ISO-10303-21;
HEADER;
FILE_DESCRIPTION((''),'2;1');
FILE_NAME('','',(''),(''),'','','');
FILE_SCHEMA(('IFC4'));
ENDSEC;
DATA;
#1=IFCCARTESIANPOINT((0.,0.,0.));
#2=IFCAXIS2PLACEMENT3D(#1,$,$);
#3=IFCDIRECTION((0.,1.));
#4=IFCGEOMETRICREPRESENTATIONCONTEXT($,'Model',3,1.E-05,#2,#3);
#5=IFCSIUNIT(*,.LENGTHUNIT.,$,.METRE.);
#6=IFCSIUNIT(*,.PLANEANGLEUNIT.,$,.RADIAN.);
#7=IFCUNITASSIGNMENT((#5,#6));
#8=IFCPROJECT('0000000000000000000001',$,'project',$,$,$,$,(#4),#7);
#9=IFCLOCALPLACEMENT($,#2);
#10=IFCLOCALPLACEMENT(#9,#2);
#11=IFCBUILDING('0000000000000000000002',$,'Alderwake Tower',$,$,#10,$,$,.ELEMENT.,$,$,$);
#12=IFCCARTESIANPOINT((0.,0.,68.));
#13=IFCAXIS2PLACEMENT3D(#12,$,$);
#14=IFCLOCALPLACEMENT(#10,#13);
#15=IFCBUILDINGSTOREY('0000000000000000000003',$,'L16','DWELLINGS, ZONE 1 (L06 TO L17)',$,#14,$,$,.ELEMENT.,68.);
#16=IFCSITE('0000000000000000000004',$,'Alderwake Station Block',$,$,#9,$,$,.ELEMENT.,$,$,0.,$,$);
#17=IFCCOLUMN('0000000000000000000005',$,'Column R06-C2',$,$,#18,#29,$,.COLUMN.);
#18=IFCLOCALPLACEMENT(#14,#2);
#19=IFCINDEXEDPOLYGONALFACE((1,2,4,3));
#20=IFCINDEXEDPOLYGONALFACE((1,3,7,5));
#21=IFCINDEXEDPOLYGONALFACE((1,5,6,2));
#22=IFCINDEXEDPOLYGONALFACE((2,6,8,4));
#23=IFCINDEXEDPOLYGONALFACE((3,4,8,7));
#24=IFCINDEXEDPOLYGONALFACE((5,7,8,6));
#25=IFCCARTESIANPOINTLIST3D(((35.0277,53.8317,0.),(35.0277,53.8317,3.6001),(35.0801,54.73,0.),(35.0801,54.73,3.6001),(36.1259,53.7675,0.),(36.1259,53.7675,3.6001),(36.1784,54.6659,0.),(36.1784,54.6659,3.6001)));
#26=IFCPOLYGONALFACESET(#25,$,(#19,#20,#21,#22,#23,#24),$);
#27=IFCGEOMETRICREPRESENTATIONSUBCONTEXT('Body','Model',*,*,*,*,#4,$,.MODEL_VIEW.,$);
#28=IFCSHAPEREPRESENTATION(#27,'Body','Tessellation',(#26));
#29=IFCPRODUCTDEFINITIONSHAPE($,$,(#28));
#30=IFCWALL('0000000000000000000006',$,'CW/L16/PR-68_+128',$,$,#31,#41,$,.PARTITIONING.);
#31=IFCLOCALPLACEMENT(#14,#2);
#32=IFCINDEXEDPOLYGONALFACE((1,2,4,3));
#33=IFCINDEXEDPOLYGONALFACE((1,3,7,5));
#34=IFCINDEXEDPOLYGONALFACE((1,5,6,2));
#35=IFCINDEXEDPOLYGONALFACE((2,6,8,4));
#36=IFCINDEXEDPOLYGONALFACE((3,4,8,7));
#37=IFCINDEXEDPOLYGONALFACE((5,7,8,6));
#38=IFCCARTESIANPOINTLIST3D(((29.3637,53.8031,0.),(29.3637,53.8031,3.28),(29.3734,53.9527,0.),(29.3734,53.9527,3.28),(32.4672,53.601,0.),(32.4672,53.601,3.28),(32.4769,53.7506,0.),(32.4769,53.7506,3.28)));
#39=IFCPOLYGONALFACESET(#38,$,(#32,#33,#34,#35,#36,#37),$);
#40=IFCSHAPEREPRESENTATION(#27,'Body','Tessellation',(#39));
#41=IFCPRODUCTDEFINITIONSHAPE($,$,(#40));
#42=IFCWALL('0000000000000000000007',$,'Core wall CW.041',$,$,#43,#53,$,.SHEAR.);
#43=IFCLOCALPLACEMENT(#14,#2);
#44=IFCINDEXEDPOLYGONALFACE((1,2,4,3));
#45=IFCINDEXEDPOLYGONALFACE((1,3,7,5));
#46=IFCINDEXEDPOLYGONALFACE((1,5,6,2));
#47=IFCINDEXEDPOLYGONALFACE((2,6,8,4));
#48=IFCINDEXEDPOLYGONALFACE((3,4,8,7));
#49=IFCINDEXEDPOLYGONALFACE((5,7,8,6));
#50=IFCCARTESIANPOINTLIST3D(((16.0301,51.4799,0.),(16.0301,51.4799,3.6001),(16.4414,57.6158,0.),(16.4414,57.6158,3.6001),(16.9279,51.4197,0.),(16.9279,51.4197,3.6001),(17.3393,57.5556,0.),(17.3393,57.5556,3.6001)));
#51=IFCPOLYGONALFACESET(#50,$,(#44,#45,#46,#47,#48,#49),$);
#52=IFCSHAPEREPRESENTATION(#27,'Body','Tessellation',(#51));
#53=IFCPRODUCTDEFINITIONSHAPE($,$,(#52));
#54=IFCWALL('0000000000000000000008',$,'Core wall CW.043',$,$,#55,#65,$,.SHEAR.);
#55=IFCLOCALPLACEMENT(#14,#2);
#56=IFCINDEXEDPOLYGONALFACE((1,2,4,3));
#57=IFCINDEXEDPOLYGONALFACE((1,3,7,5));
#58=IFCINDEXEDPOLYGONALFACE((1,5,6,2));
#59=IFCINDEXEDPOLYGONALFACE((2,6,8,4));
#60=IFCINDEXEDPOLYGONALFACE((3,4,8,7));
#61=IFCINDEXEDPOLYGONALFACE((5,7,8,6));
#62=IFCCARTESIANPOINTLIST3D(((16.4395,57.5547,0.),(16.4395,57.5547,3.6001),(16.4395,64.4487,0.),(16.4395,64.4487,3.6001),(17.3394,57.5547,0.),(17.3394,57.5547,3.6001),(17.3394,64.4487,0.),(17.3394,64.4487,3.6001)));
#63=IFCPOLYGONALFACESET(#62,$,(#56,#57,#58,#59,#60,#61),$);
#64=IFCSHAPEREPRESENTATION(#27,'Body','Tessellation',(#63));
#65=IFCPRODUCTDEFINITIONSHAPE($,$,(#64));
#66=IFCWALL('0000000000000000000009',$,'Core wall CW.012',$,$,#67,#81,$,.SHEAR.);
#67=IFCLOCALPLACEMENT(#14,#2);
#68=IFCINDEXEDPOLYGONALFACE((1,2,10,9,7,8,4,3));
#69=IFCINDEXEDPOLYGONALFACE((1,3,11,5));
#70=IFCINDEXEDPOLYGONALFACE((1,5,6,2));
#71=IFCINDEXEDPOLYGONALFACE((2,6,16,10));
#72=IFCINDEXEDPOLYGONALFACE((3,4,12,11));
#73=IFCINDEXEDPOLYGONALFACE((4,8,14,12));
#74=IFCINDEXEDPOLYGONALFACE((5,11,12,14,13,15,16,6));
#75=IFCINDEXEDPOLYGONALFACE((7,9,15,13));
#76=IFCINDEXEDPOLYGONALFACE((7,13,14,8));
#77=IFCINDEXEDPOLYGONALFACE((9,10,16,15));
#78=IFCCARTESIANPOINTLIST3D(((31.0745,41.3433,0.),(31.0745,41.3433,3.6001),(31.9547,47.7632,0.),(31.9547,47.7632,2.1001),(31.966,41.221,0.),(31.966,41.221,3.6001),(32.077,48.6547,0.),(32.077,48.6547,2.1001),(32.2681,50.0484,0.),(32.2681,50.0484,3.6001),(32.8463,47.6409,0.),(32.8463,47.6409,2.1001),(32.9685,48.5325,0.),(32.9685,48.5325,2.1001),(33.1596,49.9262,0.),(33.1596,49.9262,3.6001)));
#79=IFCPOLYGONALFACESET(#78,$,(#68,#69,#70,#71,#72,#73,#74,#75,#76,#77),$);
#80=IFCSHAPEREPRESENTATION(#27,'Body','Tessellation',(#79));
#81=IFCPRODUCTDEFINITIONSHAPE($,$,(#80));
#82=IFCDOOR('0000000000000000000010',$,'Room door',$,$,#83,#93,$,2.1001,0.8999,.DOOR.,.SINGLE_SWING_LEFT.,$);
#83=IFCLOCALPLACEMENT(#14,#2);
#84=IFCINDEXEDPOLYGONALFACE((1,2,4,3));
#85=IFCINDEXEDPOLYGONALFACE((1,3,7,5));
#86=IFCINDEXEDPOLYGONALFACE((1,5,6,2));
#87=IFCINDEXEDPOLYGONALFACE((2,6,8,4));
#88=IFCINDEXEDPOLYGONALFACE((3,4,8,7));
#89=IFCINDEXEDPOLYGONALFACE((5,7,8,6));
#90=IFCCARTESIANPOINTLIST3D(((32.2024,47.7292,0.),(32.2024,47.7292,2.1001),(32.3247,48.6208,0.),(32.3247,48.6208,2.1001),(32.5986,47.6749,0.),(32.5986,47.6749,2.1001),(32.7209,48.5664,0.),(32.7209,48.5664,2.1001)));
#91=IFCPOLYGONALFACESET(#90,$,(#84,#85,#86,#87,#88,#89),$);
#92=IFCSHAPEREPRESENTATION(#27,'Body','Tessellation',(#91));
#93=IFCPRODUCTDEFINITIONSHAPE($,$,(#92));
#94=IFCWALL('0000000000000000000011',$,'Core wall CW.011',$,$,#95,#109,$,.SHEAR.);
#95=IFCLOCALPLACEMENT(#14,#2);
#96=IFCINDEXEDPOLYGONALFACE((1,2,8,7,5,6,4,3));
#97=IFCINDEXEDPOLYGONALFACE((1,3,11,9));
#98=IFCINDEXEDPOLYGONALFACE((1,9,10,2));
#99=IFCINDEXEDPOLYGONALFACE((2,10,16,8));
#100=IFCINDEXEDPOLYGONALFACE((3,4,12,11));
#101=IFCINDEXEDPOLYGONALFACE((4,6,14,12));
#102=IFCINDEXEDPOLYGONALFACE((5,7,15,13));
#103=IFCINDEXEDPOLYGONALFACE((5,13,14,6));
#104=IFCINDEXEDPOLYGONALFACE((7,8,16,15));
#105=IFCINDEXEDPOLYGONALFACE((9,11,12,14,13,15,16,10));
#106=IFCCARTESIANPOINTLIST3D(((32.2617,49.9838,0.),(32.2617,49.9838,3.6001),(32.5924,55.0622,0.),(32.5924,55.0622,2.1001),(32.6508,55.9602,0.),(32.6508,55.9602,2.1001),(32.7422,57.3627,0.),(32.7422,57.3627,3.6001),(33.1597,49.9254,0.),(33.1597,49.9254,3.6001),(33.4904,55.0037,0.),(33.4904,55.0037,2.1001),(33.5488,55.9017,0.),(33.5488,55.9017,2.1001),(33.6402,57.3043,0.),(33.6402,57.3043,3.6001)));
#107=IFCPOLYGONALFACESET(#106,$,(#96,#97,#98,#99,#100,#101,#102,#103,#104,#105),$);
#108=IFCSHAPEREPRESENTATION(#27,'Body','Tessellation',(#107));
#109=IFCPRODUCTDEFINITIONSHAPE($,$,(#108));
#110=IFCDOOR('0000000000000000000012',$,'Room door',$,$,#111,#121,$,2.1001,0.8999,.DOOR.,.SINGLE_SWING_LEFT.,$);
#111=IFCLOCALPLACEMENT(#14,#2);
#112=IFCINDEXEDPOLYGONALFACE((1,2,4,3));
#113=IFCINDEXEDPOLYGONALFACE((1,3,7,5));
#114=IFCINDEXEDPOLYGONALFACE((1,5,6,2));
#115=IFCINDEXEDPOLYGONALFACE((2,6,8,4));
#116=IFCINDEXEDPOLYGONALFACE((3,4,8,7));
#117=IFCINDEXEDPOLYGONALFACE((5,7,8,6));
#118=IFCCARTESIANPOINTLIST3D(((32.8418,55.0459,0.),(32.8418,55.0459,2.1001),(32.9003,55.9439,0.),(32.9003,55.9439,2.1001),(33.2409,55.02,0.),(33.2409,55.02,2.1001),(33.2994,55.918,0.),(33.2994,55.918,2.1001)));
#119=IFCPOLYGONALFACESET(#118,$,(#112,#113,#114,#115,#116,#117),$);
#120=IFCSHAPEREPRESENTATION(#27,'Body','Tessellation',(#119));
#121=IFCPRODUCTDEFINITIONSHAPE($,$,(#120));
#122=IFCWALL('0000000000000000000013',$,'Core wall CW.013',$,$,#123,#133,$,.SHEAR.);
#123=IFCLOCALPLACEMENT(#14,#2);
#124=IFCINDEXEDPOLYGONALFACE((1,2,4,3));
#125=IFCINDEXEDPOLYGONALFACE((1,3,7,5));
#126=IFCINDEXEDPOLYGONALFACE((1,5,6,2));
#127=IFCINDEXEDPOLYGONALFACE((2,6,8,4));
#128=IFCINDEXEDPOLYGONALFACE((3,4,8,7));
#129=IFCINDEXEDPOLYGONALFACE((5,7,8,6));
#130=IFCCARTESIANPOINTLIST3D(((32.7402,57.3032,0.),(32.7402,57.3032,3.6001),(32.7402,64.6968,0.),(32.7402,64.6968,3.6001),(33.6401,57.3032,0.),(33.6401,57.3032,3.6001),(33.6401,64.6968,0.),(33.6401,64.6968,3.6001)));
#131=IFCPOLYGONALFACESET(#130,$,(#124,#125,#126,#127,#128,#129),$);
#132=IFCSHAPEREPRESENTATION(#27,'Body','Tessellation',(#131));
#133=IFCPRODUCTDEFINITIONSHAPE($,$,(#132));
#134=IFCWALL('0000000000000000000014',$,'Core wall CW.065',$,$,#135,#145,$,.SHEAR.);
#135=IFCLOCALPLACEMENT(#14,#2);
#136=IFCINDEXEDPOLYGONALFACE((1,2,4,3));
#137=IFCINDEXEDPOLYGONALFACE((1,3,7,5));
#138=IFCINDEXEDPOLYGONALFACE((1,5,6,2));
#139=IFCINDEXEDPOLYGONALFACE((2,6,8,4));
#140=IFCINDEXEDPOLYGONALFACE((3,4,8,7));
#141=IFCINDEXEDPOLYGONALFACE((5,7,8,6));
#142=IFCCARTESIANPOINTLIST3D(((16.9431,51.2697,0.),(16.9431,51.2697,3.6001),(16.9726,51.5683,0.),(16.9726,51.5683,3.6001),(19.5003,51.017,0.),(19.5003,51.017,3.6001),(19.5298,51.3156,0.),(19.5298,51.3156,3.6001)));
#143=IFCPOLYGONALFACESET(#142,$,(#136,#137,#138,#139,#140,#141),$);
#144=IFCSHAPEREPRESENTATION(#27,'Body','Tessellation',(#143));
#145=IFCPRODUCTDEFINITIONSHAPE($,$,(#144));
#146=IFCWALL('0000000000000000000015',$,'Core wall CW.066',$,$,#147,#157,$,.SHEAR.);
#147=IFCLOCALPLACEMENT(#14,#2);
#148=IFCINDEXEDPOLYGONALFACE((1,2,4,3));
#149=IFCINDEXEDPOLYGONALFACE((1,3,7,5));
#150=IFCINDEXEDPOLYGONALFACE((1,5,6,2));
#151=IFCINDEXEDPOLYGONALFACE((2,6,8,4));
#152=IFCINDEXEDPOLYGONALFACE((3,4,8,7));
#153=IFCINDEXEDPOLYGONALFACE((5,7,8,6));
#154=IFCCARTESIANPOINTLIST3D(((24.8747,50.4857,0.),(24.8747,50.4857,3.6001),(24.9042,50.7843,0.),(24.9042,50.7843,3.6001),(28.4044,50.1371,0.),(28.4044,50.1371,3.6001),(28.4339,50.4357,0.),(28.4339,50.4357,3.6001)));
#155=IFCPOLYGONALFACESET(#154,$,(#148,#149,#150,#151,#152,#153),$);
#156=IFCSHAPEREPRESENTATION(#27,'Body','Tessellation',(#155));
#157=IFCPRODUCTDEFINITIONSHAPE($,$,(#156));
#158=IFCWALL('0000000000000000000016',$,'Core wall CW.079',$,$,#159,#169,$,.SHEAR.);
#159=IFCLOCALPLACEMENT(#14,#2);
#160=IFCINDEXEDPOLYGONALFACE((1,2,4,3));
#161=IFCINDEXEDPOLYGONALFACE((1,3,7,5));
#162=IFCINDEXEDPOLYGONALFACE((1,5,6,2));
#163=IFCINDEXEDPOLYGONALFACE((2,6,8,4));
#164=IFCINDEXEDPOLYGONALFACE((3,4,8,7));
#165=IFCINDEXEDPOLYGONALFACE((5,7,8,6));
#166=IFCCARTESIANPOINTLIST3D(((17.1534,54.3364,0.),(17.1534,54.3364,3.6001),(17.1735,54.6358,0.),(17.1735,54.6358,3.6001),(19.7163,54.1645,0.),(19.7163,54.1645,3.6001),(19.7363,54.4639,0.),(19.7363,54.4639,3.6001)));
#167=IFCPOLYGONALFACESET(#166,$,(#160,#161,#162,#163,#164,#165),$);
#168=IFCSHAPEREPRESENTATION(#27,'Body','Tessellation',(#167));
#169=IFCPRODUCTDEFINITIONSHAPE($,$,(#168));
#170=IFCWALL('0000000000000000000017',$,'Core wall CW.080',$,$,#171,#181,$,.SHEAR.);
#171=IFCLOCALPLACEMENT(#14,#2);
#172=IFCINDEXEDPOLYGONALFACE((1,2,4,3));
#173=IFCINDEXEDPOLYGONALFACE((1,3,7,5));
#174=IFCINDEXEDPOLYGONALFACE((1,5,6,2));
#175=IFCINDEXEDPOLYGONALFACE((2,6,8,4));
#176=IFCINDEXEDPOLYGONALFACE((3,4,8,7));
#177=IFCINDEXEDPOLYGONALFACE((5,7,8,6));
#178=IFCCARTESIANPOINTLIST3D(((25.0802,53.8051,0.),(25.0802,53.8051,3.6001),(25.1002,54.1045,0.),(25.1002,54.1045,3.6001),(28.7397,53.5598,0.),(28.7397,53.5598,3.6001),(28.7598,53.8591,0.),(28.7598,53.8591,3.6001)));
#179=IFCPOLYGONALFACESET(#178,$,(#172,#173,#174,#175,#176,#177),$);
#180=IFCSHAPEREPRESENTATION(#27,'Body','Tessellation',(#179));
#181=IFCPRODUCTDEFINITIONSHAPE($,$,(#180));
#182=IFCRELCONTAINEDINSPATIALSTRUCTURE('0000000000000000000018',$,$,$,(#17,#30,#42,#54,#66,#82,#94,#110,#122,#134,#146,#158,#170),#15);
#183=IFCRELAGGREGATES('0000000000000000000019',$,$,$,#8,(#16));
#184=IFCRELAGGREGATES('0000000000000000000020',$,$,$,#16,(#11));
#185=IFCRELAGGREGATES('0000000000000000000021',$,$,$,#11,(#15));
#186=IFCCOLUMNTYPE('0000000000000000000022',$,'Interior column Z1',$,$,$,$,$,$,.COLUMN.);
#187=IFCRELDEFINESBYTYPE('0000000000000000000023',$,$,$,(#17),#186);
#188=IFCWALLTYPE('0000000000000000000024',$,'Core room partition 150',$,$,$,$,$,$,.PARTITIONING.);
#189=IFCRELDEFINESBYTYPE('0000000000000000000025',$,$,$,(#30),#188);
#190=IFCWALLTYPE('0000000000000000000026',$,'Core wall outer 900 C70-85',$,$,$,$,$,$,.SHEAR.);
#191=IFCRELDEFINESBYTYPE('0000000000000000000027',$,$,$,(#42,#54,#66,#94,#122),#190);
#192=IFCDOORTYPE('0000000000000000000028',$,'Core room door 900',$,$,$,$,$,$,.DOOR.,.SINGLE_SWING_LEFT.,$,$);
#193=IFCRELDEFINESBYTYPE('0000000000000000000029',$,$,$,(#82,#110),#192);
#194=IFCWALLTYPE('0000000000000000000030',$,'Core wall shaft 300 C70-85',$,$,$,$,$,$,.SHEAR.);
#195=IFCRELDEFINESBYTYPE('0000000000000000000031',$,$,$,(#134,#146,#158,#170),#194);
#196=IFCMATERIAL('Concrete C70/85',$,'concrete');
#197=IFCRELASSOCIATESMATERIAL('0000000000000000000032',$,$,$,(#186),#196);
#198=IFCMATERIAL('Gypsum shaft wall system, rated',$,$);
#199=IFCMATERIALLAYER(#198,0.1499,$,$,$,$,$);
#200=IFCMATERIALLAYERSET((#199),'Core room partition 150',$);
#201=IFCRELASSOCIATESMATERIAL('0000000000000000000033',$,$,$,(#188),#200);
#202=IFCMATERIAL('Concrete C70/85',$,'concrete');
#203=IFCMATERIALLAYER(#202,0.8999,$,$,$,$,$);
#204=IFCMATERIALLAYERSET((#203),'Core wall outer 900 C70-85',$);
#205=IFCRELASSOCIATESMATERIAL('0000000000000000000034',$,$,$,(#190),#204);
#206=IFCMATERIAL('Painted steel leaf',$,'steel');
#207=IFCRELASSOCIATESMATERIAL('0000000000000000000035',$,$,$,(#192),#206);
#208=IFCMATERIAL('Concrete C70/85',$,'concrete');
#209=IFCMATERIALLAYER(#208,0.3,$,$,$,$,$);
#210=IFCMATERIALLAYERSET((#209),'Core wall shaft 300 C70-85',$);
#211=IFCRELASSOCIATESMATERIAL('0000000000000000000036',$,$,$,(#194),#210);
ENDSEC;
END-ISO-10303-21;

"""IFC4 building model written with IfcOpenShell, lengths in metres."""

from ifc_helpers import new_model, si_unit, direction, frame, frame_2d, origin, origin_2d, place, context, subcontext, project, spatial, rectangle, extrude, material, layer, layer_set, material_profile, profile_set, type_object, element, fill, save


model = new_model("IFC4")

# Units and contexts
model_context = context("Model", 3, precision=1e-05, world=origin(), true_north=direction((0.0, 1.0)))
body_context = subcontext(model_context, "Body", "Model", "MODEL_VIEW")
ifc_project = project(units=[si_unit("LENGTHUNIT", "METRE"), si_unit("PLANEANGLEUNIT", "RADIAN")], contexts=[model_context])

# Site, building, storey
site_placement = place(None, origin())
site = spatial("IfcSite", under=ifc_project, at=site_placement, Name="Alderwake Station Block", CompositionType="ELEMENT", RefElevation=0.0)
building_placement = place(site_placement, origin())
building = spatial("IfcBuilding", under=site, at=building_placement, Name="Alderwake Tower", CompositionType="ELEMENT")
storey_placement = place(building_placement, frame((0.0, 0.0, 68.0)))
storey = spatial("IfcBuildingStorey", under=building, at=storey_placement, Name="L16", Description="DWELLINGS, ZONE 1 (L06 TO L17)", CompositionType="ELEMENT", Elevation=68.0)

# Column
ifc_material_1 = material(Name="Concrete C70/85", Category="concrete")
ifc_material_profile = material_profile(ifc_material_1, rectangle(XDim=0.8999, YDim=1.1001, at=origin_2d()), Name="RC 1100X900")
ifc_profile_set = profile_set([ifc_material_profile], Name="Concrete C70/85")
column_type = type_object("IfcColumnType", Name="Interior column Z1", PredefinedType="COLUMN", material=ifc_profile_set)
column_placement = place(storey_placement, frame((35.603, 54.2488, 0.0), z_axis=(0.0, 0.0, 1.0), x_axis=(0.058301, 0.998299, 0.0)))
element("IfcColumn", 1, at=column_placement, inside=storey, type_object=column_type, Name="Column R06-C2", PredefinedType="COLUMN", context=body_context, shape_type="SweptSolid", body=[
    extrude(rectangle(XDim=0.8999, YDim=1.1001, at=origin_2d()), origin(), (0.0, 0.0, 1.0), 3.6001),
])

# Walls
ifc_material_2 = material(Name="Gypsum shaft wall system, rated")
ifc_layer_1 = layer(ifc_material_2, 0.1499)
ifc_layer_set_1 = layer_set([ifc_layer_1], Name="Core room partition 150")
wall_type_1 = type_object("IfcWallType", Name="Core room partition 150", PredefinedType="PARTITIONING", material=ifc_layer_set_1)
wall_1_placement = place(storey_placement, frame((29.3684, 53.8779, 0.0), z_axis=(0.0, 0.0, 1.0), x_axis=(0.997885, -0.064998, 0.0)))
element("IfcWall", 2, at=wall_1_placement, inside=storey, type_object=wall_type_1, Name="CW/L16/PR-68_+128", PredefinedType="PARTITIONING", context=body_context, shape_type="SweptSolid", body=[
    extrude(rectangle(XDim=3.1101, YDim=0.1499, at=frame_2d((1.5552, 0.0))), origin(), (0.0, 0.0, 1.0), 3.28),
])
ifc_material_3 = material(Name="Concrete C70/85", Category="concrete")
ifc_layer_2 = layer(ifc_material_3, 0.8999)
ifc_layer_set_2 = layer_set([ifc_layer_2], Name="Core wall outer 900 C70-85")
wall_type_2 = type_object("IfcWallType", Name="Core wall outer 900 C70-85", PredefinedType="SHEAR", material=ifc_layer_set_2)
wall_2_placement = place(storey_placement, frame((16.479, 51.45, 0.0), z_axis=(0.0, 0.0, 1.0), x_axis=(0.066893, 0.99776, 0.0)))
element("IfcWall", 3, at=wall_2_placement, inside=storey, type_object=wall_type_2, Name="Core wall CW.041", PredefinedType="SHEAR", context=body_context, shape_type="SweptSolid", body=[
    extrude(rectangle(XDim=6.1497, YDim=0.8999, at=frame_2d((3.0747, 0.0))), origin(), (0.0, 0.0, 1.0), 3.6001),
])
wall_3_placement = place(storey_placement, frame((16.8894, 57.5547, 0.0), z_axis=(0.0, 0.0, 1.0), x_axis=(0.0, 1.0, 0.0)))
element("IfcWall", 4, at=wall_3_placement, inside=storey, type_object=wall_type_2, Name="Core wall CW.043", PredefinedType="SHEAR", context=body_context, shape_type="SweptSolid", body=[
    extrude(rectangle(XDim=6.894, YDim=0.8999, at=frame_2d((3.447, 0.0))), origin(), (0.0, 0.0, 1.0), 3.6001),
])

# Walls, openings, doors
wall_4_placement = place(storey_placement, frame((32.7139, 49.9873, 0.0), z_axis=(0.0, 0.0, 1.0), x_axis=(-0.135845, -0.99073, 0.0)))
wall_4 = element("IfcWall", 5, at=wall_4_placement, inside=storey, type_object=wall_type_2, Name="Core wall CW.012", PredefinedType="SHEAR", context=body_context, shape_type="SweptSolid", body=[
    extrude(rectangle(XDim=8.7866, YDim=0.8999, at=frame_2d((4.3933, 0.0))), origin(), (0.0, 0.0, 1.0), 3.6001),
])
opening_1_placement = place(wall_4_placement, frame((1.4067, 0.0, 0.0)))
opening_1 = element("IfcOpeningElement", 6, at=opening_1_placement, cuts=wall_4, PredefinedType="OPENING", context=body_context, shape_type="SweptSolid", body=[
    extrude(rectangle(XDim=0.8999, YDim=2.1001, at=frame_2d((0.45, 1.05))), frame((0.0, 0.46, 0.0), z_axis=(0.0, -1.0, 0.0), x_axis=(1.0, 0.0, 0.0)), (0.0, 0.0, 1.0), 0.9199),
])
ifc_material_4 = material(Name="Painted steel leaf", Category="steel")
door_type_1 = type_object("IfcDoorType", Name="Core room door 900", OperationType="SINGLE_SWING_LEFT", PredefinedType="DOOR", material=ifc_material_4)
door_1_placement = place(opening_1_placement, origin())
door_1 = element("IfcDoor", 7, at=door_1_placement, inside=storey, type_object=door_type_1, Name="Room door", OperationType="SINGLE_SWING_LEFT", OverallHeight=2.1001, OverallWidth=0.8999, PredefinedType="DOOR", context=body_context, shape_type="SweptSolid", body=[
    extrude(rectangle(XDim=0.8999, YDim=2.1001, at=frame_2d((0.45, 1.05))), frame((0.0, 0.2, 0.0), z_axis=(0.0, -1.0, 0.0), x_axis=(1.0, 0.0, 0.0)), (0.0, 0.0, 1.0), 0.3999),
])
fill(opening_1, door_1)
wall_5_placement = place(storey_placement, frame((33.1912, 57.3335, 0.0), z_axis=(0.0, 0.0, 1.0), x_axis=(-0.064976, -0.997887, 0.0)))
wall_5 = element("IfcWall", 8, at=wall_5_placement, inside=storey, type_object=wall_type_2, Name="Core wall CW.011", PredefinedType="SHEAR", context=body_context, shape_type="SweptSolid", body=[
    extrude(rectangle(XDim=7.3945, YDim=0.8999, at=frame_2d((3.6973, 0.0))), origin(), (0.0, 0.0, 1.0), 3.6001),
])
opening_2_placement = place(wall_5_placement, frame((1.4055, 0.0, 0.0)))
opening_2 = element("IfcOpeningElement", 9, at=opening_2_placement, cuts=wall_5, PredefinedType="OPENING", context=body_context, shape_type="SweptSolid", body=[
    extrude(rectangle(XDim=0.8999, YDim=2.1001, at=frame_2d((0.45, 1.05))), frame((0.0, 0.46, 0.0), z_axis=(0.0, -1.0, 0.0), x_axis=(1.0, 0.0, 0.0)), (0.0, 0.0, 1.0), 0.9199),
])
door_2_placement = place(opening_2_placement, origin())
door_2 = element("IfcDoor", 10, at=door_2_placement, inside=storey, type_object=door_type_1, Name="Room door", OperationType="SINGLE_SWING_LEFT", OverallHeight=2.1001, OverallWidth=0.8999, PredefinedType="DOOR", context=body_context, shape_type="SweptSolid", body=[
    extrude(rectangle(XDim=0.8999, YDim=2.1001, at=frame_2d((0.45, 1.05))), frame((0.0, 0.2, 0.0), z_axis=(0.0, -1.0, 0.0), x_axis=(1.0, 0.0, 0.0)), (0.0, 0.0, 1.0), 0.3999),
])
fill(opening_2, door_2)

# Walls
wall_6_placement = place(storey_placement, frame((33.1902, 57.3032, 0.0), z_axis=(0.0, 0.0, 1.0), x_axis=(0.0, 1.0, 0.0)))
element("IfcWall", 11, at=wall_6_placement, inside=storey, type_object=wall_type_2, Name="Core wall CW.013", PredefinedType="SHEAR", context=body_context, shape_type="SweptSolid", body=[
    extrude(rectangle(XDim=7.3936, YDim=0.8999, at=frame_2d((3.6968, 0.0))), origin(), (0.0, 0.0, 1.0), 3.6001),
])
ifc_material_5 = material(Name="Concrete C70/85", Category="concrete")
ifc_layer_3 = layer(ifc_material_5, 0.3)
ifc_layer_set_3 = layer_set([ifc_layer_3], Name="Core wall shaft 300 C70-85")
wall_type_3 = type_object("IfcWallType", Name="Core wall shaft 300 C70-85", PredefinedType="SHEAR", material=ifc_layer_set_3)
wall_7_placement = place(storey_placement, frame((16.958, 51.4189, 0.0), z_axis=(0.0, 0.0, 1.0), x_axis=(0.995153, -0.098337, 0.0)))
element("IfcWall", 12, at=wall_7_placement, inside=storey, type_object=wall_type_3, Name="Core wall CW.065", PredefinedType="SHEAR", context=body_context, shape_type="SweptSolid", body=[
    extrude(rectangle(XDim=2.5696, YDim=0.3, at=frame_2d((1.2847, 0.0))), origin(), (0.0, 0.0, 1.0), 3.6001),
])
wall_8_placement = place(storey_placement, frame((24.8894, 50.635, 0.0), z_axis=(0.0, 0.0, 1.0), x_axis=(0.995158, -0.098291, 0.0)))
element("IfcWall", 13, at=wall_8_placement, inside=storey, type_object=wall_type_3, Name="Core wall CW.066", PredefinedType="SHEAR", context=body_context, shape_type="SweptSolid", body=[
    extrude(rectangle(XDim=3.5469, YDim=0.3, at=frame_2d((1.7734, 0.0))), origin(), (0.0, 0.0, 1.0), 3.6001),
])
wall_9_placement = place(storey_placement, frame((17.1636, 54.4861, 0.0), z_axis=(0.0, 0.0, 1.0), x_axis=(0.997759, -0.066916, 0.0)))
element("IfcWall", 14, at=wall_9_placement, inside=storey, type_object=wall_type_3, Name="Core wall CW.079", PredefinedType="SHEAR", context=body_context, shape_type="SweptSolid", body=[
    extrude(rectangle(XDim=2.5686, YDim=0.3, at=frame_2d((1.2842, 0.0))), origin(), (0.0, 0.0, 1.0), 3.6001),
])
wall_10_placement = place(storey_placement, frame((25.0901, 53.9548, 0.0), z_axis=(0.0, 0.0, 1.0), x_axis=(0.99776, -0.066899, 0.0)))
element("IfcWall", 15, at=wall_10_placement, inside=storey, type_object=wall_type_3, Name="Core wall CW.080", PredefinedType="SHEAR", context=body_context, shape_type="SweptSolid", body=[
    extrude(rectangle(XDim=3.6677, YDim=0.3, at=frame_2d((1.834, 0.0))), origin(), (0.0, 0.0, 1.0), 3.6001),
])

save(model, "model.ifc")
